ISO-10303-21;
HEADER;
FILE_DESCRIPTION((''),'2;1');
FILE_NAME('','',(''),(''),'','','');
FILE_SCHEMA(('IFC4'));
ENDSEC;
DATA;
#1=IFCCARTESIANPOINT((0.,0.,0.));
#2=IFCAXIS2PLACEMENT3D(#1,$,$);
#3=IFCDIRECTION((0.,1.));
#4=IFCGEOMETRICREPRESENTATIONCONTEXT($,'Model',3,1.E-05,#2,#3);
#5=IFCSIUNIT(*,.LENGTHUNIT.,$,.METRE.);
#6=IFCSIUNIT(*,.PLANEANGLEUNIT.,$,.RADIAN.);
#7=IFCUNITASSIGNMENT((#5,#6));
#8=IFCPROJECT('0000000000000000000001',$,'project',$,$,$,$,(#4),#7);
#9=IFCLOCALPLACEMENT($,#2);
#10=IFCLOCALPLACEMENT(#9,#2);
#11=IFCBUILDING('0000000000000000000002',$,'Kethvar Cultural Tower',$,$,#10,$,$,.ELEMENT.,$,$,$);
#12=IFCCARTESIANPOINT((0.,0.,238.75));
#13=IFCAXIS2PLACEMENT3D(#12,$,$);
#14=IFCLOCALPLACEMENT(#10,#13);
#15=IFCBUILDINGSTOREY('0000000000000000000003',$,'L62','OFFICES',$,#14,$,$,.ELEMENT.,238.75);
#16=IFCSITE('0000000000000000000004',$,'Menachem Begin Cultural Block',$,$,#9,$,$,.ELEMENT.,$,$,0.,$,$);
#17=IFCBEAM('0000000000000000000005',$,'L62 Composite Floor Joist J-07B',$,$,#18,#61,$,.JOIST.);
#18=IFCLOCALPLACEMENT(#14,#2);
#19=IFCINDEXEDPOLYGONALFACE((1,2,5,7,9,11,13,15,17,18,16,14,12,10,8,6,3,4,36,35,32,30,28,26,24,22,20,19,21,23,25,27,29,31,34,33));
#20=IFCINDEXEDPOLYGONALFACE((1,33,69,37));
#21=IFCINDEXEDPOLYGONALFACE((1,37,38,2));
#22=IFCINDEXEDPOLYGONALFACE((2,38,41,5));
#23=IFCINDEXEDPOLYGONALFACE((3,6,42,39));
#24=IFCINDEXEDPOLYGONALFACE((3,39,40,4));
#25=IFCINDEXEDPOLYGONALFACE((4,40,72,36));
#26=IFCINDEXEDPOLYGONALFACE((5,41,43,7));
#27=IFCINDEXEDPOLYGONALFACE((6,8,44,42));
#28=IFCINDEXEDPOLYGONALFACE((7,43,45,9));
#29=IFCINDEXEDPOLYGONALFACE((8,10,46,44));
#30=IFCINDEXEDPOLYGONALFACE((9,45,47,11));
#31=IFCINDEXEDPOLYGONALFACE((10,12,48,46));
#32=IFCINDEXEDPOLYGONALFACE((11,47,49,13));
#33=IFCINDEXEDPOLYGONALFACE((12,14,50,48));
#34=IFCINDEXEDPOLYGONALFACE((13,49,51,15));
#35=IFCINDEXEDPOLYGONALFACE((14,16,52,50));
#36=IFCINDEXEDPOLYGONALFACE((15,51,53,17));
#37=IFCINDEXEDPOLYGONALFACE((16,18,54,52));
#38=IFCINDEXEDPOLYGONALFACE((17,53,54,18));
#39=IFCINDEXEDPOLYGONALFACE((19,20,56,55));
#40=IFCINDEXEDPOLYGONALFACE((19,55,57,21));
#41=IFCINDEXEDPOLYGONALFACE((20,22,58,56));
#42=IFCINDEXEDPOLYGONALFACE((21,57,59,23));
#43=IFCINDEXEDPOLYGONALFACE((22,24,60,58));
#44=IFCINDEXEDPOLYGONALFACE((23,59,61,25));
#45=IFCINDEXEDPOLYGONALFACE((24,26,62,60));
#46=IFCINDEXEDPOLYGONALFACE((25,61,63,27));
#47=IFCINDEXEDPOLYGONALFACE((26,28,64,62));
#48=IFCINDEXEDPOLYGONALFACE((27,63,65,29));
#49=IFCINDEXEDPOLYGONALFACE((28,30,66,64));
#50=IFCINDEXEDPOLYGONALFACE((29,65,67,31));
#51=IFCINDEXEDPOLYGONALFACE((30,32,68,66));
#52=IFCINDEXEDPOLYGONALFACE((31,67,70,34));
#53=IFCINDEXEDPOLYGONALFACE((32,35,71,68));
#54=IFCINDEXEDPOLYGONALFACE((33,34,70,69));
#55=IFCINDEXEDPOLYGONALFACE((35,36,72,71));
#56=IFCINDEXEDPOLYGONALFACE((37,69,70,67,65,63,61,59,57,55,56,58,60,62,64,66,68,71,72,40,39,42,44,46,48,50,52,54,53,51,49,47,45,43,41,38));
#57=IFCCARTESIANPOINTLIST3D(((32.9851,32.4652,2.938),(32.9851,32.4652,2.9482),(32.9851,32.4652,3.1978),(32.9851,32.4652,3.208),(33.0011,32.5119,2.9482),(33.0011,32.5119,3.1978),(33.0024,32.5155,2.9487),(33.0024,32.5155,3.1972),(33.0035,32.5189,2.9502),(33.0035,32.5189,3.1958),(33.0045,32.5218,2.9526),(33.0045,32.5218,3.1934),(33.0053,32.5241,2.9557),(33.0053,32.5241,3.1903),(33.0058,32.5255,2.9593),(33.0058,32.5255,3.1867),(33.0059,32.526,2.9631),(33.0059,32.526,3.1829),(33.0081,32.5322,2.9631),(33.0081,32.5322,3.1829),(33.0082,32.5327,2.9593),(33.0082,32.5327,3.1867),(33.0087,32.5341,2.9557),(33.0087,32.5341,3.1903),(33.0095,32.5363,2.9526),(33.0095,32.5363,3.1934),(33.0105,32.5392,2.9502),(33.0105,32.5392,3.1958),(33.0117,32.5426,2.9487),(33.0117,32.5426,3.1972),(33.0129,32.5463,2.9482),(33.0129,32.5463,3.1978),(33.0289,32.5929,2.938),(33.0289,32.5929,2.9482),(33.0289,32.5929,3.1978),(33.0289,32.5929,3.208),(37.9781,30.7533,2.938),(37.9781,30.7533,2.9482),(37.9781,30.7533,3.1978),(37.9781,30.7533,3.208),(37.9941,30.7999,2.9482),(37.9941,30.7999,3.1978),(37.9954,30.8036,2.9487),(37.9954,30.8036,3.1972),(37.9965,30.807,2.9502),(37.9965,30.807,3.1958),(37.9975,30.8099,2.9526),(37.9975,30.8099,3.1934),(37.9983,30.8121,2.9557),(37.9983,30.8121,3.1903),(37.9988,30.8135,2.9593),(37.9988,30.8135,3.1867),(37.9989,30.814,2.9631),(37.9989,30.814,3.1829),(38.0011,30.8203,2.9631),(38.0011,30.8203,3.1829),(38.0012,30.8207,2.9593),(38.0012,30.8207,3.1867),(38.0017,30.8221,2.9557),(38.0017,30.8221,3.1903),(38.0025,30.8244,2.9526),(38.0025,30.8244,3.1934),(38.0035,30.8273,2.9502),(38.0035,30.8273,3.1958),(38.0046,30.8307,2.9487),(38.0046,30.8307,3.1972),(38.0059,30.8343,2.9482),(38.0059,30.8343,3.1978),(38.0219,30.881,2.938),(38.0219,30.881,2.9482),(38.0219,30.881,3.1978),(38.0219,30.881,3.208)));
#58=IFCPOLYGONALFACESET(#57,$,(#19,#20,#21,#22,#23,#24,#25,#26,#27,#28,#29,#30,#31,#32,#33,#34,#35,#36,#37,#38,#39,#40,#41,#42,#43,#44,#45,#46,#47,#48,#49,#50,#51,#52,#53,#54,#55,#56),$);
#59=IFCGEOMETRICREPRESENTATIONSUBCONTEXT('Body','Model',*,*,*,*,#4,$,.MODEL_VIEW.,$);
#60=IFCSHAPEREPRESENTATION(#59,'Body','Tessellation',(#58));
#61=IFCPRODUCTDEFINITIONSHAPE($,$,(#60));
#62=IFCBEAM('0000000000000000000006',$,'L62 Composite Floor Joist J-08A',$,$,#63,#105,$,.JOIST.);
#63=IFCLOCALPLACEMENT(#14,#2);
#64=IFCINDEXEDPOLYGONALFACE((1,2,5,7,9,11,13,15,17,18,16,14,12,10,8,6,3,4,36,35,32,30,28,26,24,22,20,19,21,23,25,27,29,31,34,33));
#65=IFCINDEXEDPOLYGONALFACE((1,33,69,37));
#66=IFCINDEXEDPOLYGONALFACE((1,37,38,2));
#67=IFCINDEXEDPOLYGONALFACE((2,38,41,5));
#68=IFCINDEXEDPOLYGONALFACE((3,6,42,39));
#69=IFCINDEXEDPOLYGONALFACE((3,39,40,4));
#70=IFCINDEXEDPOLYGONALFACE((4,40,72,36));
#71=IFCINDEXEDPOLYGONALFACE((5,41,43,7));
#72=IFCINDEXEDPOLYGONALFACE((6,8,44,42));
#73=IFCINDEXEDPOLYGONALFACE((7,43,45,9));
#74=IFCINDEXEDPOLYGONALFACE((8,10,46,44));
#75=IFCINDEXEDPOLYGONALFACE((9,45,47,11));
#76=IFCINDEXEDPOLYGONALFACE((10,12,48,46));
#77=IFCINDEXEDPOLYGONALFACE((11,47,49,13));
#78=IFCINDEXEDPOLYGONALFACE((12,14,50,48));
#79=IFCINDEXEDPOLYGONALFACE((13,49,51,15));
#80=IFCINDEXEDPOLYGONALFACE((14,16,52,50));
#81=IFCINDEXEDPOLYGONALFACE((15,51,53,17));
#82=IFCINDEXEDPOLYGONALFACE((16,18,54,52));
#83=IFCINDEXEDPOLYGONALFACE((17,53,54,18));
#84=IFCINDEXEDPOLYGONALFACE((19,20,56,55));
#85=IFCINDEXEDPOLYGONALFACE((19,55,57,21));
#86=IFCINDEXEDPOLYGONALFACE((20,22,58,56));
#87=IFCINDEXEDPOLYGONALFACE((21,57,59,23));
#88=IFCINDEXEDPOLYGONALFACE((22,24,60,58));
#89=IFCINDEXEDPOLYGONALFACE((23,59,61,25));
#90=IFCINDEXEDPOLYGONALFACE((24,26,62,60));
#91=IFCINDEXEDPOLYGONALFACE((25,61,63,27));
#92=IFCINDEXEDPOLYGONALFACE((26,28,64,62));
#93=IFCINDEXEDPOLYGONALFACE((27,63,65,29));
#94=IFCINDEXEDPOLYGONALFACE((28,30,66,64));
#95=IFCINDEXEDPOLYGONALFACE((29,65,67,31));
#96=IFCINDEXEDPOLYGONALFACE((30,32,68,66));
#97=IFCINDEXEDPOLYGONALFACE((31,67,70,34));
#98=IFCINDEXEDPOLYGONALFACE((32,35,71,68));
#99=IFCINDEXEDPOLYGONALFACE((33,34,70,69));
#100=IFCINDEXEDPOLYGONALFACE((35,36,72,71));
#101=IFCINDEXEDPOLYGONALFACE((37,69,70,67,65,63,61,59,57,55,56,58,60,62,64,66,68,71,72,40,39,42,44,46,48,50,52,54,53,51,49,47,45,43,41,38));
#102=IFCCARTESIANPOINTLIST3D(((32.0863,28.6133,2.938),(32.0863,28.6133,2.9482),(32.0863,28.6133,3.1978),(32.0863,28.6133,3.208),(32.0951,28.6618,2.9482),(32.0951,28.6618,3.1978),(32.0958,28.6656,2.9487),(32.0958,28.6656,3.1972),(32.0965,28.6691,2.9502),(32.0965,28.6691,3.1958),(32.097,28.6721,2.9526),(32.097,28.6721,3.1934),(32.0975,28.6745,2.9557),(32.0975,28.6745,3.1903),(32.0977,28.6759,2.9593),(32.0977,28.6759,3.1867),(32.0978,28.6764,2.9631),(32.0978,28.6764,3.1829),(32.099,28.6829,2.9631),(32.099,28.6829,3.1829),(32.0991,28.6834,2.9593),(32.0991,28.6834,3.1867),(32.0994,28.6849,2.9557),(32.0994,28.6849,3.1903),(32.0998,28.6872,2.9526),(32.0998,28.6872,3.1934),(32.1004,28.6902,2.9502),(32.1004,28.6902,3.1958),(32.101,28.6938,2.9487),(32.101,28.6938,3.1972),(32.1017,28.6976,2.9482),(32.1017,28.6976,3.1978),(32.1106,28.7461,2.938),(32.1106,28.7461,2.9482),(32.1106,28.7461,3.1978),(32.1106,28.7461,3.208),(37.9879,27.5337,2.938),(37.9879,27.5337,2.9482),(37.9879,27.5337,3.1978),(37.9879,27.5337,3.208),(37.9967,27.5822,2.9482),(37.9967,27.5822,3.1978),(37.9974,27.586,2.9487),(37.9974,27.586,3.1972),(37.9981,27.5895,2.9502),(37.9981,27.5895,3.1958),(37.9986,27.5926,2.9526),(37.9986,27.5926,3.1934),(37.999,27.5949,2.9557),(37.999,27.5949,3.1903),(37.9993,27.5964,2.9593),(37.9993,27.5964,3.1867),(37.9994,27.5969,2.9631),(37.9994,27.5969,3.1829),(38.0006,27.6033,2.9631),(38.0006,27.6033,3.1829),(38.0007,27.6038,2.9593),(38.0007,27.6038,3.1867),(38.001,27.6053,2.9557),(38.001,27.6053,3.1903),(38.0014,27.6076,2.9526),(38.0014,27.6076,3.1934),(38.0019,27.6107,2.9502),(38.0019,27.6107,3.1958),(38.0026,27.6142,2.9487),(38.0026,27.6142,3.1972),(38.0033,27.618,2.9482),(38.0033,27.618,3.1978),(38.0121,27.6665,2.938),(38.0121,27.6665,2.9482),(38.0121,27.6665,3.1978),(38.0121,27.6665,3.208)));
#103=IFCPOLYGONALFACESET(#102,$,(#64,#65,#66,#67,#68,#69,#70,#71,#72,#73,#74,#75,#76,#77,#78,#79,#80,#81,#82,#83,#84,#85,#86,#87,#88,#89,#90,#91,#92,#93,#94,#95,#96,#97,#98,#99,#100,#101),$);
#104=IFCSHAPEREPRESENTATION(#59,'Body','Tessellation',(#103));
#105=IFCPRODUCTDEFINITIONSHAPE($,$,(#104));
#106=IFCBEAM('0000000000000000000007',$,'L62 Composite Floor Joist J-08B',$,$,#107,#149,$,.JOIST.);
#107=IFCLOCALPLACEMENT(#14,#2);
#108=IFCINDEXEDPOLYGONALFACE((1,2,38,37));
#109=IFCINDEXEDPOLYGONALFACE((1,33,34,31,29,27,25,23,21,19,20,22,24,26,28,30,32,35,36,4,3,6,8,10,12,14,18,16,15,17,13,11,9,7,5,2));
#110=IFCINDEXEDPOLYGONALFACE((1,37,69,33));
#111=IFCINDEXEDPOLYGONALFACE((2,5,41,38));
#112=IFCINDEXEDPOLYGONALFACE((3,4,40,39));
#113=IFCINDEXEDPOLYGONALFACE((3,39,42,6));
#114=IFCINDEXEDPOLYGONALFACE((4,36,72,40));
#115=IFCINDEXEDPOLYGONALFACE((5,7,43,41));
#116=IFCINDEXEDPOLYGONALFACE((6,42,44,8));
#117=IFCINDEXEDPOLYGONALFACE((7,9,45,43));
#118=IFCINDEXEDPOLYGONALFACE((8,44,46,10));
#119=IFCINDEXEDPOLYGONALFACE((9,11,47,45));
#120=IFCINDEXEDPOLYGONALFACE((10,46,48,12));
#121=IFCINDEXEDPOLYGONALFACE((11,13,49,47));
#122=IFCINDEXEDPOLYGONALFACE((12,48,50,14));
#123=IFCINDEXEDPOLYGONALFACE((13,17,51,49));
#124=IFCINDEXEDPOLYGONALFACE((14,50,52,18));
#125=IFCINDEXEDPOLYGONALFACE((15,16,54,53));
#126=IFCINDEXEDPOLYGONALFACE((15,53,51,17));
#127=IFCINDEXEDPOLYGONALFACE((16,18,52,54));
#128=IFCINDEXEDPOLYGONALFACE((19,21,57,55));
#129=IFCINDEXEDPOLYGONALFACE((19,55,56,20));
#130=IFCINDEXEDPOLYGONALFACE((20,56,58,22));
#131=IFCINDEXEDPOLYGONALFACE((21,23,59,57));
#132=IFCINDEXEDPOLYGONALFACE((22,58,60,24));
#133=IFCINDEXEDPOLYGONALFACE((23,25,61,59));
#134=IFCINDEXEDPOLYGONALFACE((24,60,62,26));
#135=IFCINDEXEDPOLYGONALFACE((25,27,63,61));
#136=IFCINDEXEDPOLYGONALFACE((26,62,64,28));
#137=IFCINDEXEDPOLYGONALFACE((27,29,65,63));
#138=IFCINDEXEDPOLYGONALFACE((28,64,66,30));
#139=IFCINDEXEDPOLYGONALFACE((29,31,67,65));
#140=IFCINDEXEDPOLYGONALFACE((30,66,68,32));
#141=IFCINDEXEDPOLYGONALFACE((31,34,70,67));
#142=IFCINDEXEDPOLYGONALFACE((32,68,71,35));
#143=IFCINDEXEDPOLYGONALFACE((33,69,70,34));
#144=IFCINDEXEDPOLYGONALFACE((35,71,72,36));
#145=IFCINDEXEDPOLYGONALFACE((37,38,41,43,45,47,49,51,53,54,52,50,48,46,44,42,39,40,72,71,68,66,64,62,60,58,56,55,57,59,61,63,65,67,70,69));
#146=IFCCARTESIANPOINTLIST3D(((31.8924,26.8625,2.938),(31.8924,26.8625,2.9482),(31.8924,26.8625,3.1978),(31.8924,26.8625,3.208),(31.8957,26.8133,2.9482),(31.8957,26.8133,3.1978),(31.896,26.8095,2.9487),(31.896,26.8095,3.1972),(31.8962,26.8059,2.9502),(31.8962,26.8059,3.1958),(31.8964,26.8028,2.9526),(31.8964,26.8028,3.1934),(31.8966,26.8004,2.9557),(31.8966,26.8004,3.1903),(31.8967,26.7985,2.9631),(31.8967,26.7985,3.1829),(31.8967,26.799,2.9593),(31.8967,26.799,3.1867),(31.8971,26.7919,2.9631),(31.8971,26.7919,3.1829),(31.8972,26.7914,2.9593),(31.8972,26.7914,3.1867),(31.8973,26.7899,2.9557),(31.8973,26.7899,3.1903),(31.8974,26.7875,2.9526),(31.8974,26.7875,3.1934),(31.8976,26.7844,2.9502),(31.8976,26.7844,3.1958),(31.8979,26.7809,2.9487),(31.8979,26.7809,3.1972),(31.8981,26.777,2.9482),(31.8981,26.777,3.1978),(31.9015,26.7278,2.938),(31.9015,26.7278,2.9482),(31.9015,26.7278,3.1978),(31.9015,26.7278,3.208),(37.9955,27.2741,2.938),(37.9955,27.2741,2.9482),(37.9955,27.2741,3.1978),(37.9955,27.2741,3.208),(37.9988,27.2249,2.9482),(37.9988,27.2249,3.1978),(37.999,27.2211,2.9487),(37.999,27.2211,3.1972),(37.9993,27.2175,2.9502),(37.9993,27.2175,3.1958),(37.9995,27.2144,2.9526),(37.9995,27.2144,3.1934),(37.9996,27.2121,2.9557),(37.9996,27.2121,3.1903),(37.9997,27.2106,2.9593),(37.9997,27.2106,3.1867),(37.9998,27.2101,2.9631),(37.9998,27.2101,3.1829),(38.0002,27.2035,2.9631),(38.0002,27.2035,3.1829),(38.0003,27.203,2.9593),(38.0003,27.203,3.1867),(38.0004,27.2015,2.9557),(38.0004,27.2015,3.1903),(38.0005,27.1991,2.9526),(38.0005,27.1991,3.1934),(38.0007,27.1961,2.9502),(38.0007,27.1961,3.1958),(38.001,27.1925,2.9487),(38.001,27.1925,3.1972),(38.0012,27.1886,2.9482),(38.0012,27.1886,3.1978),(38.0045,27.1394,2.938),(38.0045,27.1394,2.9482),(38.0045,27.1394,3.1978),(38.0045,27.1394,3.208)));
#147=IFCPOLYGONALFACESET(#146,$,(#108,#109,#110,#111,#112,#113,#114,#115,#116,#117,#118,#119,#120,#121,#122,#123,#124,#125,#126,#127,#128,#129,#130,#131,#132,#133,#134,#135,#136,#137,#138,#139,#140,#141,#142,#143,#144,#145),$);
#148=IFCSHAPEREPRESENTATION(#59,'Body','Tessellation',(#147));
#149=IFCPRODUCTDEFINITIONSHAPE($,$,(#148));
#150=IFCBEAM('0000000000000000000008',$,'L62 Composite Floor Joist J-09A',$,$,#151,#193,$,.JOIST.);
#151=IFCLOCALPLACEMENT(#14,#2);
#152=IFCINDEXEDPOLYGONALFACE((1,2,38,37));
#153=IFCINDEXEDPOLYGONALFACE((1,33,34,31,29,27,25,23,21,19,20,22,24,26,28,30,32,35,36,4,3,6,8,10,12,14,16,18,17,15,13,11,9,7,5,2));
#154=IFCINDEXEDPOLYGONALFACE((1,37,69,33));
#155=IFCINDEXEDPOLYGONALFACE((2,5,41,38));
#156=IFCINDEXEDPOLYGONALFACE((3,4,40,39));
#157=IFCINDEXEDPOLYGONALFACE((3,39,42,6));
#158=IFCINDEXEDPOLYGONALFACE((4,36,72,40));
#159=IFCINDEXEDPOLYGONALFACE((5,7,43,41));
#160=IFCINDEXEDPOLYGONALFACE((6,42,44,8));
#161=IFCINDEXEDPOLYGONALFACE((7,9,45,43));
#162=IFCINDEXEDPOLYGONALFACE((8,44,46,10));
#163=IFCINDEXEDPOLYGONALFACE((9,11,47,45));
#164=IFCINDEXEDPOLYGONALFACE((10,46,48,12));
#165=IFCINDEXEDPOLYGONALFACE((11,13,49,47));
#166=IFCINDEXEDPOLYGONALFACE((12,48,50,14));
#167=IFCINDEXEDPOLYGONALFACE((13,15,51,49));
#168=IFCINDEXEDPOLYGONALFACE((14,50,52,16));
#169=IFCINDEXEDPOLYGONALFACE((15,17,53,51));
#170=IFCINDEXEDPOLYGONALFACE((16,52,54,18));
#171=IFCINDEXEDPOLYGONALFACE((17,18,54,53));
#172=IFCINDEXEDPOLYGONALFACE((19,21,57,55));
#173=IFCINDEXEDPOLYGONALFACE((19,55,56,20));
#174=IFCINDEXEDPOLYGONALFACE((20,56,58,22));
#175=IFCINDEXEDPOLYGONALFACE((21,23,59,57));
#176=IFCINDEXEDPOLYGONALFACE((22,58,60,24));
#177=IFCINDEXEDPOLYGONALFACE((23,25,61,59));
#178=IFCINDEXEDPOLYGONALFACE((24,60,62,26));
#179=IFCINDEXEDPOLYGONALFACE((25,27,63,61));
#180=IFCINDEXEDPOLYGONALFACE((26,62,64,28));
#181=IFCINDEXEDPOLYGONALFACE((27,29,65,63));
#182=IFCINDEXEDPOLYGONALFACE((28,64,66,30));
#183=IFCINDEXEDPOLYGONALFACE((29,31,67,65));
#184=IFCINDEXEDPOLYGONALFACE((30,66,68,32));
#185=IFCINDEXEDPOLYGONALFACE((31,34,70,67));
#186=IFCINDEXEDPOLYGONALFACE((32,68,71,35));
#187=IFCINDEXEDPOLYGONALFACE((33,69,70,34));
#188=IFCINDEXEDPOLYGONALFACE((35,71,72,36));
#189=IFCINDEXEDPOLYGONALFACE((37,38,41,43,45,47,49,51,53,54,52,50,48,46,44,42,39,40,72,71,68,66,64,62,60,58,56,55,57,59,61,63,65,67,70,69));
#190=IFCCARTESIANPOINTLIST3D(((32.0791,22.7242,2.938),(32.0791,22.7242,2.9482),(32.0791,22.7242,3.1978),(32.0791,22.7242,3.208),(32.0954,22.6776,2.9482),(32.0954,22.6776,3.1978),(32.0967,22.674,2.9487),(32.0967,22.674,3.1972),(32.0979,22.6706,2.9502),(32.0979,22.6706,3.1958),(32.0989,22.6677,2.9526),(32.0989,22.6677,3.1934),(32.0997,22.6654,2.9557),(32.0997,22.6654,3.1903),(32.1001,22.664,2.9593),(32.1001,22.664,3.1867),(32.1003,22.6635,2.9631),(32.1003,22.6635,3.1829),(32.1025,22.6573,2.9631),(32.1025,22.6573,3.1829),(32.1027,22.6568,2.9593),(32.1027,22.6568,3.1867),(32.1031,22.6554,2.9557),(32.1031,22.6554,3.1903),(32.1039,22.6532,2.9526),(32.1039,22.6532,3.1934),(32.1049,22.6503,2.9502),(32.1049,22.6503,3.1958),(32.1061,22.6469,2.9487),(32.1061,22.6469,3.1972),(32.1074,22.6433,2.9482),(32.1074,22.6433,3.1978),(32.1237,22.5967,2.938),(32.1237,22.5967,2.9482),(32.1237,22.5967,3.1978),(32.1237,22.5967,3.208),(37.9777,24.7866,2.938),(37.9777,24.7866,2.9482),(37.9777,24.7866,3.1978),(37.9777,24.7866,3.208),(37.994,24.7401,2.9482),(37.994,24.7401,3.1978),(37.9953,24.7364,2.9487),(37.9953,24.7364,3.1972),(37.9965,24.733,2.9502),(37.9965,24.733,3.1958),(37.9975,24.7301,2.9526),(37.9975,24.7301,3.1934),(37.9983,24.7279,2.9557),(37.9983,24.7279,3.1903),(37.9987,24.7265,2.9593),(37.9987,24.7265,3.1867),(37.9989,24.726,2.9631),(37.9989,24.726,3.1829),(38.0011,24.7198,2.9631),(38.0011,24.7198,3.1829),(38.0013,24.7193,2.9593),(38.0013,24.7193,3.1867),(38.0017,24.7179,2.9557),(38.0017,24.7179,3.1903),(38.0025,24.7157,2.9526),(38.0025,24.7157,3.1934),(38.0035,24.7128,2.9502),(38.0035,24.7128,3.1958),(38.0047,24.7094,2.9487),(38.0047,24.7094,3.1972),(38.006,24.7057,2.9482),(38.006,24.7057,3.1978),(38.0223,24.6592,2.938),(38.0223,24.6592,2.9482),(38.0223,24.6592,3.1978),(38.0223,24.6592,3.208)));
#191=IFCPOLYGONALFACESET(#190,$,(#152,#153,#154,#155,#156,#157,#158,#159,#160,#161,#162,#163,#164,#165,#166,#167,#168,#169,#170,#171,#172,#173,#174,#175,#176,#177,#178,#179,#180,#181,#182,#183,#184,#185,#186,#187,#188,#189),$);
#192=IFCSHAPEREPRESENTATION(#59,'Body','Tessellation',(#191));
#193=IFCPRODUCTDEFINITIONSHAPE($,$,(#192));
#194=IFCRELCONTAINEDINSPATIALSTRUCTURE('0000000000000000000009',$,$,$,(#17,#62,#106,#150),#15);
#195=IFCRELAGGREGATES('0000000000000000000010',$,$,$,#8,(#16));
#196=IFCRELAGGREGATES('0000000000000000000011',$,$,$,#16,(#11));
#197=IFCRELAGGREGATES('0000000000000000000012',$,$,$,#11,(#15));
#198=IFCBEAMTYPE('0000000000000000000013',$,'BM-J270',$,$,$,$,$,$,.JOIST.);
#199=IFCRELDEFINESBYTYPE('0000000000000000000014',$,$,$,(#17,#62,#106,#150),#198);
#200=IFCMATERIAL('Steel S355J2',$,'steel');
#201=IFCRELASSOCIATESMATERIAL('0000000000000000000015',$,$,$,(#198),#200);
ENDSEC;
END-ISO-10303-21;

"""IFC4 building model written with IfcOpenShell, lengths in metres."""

from ifc_helpers import new_model, si_unit, direction, frame, origin, origin_2d, place, context, subcontext, project, spatial, i_section, extrude, source, transform, mapped, material, material_profile, profile_set, type_object, element, save


model = new_model("IFC4")

# Units and contexts
model_context = context("Model", 3, precision=1e-05, world=origin(), true_north=direction((0.0, 1.0)))
body_context = subcontext(model_context, "Body", "Model", "MODEL_VIEW")
ifc_project = project(units=[si_unit("LENGTHUNIT", "METRE"), si_unit("PLANEANGLEUNIT", "RADIAN")], contexts=[model_context])

# Site, building, storey
site_placement = place(None, origin())
site = spatial("IfcSite", under=ifc_project, at=site_placement, Name="Menachem Begin Cultural Block", CompositionType="ELEMENT", RefElevation=0.0)
building_placement = place(site_placement, origin())
building = spatial("IfcBuilding", under=site, at=building_placement, Name="Kethvar Cultural Tower", CompositionType="ELEMENT")
storey_placement = place(building_placement, frame((0.0, 0.0, 238.75)))
storey = spatial("IfcBuildingStorey", under=building, at=storey_placement, Name="L62", Description="OFFICES", CompositionType="ELEMENT", Elevation=238.75)

# Beams
ifc_material_1 = material(Name="Steel S355J2", Category="steel")
ifc_material_profile_1 = material_profile(ifc_material_1, i_section(OverallWidth=0.135, OverallDepth=0.27, WebThickness=0.0066, FlangeThickness=0.0103, FilletRadius=0.0149, at=origin_2d()), Name="Steel S355J2 — IPE270")
ifc_profile_set_1 = profile_set([ifc_material_profile_1], Name="Steel S355J2 — IPE270")
beam_type_1 = type_object("IfcBeamType", Name="BM-J270", PredefinedType="JOIST", material=ifc_profile_set_1)
shared_shape_1 = source(origin(), body_context, "Body", "SweptSolid", [
    extrude(i_section(OverallWidth=0.135, OverallDepth=0.27, WebThickness=0.0066, FlangeThickness=0.0103, FilletRadius=0.0149, at=origin_2d()), origin(), (0.0, 0.0, 1.0), 5.2783),
])
beam_1_placement = place(storey_placement, frame((38.0, 30.8171, 3.073), z_axis=(-0.945943, 0.324334, 0.0), x_axis=(-0.324334, -0.945943, 0.0)))
element("IfcBeam", 1, at=beam_1_placement, inside=storey, type_object=beam_type_1, Name="L62 Composite Floor Joist J-07B", PredefinedType="JOIST", context=body_context, shape_type="MappedRepresentation", body=[
    mapped(shared_shape_1, transform((0.0, 0.0, 0.0), scale=1.0)),
])
shared_shape_2 = source(origin(), body_context, "Body", "SweptSolid", [
    extrude(i_section(OverallWidth=0.135, OverallDepth=0.27, WebThickness=0.0066, FlangeThickness=0.0103, FilletRadius=0.0149, at=origin_2d()), origin(), (0.0, 0.0, 1.0), 5.9995),
])
beam_2_placement = place(storey_placement, frame((38.0, 27.6001, 3.073), z_axis=(-0.983677, 0.179945, 0.0), x_axis=(-0.179945, -0.983677, 0.0)))
element("IfcBeam", 2, at=beam_2_placement, inside=storey, type_object=beam_type_1, Name="L62 Composite Floor Joist J-08A", PredefinedType="JOIST", context=body_context, shape_type="MappedRepresentation", body=[
    mapped(shared_shape_2, transform((0.0, 0.0, 0.0), scale=1.0)),
])
shared_shape_3 = source(origin(), body_context, "Body", "SweptSolid", [
    extrude(i_section(OverallWidth=0.135, OverallDepth=0.27, WebThickness=0.0066, FlangeThickness=0.0103, FilletRadius=0.0149, at=origin_2d()), origin(), (0.0, 0.0, 1.0), 6.1169),
])
beam_3_placement = place(storey_placement, frame((38.0, 27.2068, 3.073), z_axis=(-0.997733, -0.067293, 0.0), x_axis=(0.067293, -0.997733, 0.0)))
element("IfcBeam", 3, at=beam_3_placement, inside=storey, type_object=beam_type_1, Name="L62 Composite Floor Joist J-08B", PredefinedType="JOIST", context=body_context, shape_type="MappedRepresentation", body=[
    mapped(shared_shape_3, transform((0.0, 0.0, 0.0), scale=1.0)),
])
shared_shape_4 = source(origin(), body_context, "Body", "SweptSolid", [
    extrude(i_section(OverallWidth=0.135, OverallDepth=0.27, WebThickness=0.0066, FlangeThickness=0.0103, FilletRadius=0.0149, at=origin_2d()), origin(), (0.0, 0.0, 1.0), 6.2488),
])
beam_4_placement = place(storey_placement, frame((38.0, 24.7229, 3.073), z_axis=(-0.94396, -0.33006, 0.0), x_axis=(0.33006, -0.94396, 0.0)))
element("IfcBeam", 4, at=beam_4_placement, inside=storey, type_object=beam_type_1, Name="L62 Composite Floor Joist J-09A", PredefinedType="JOIST", context=body_context, shape_type="MappedRepresentation", body=[
    mapped(shared_shape_4, transform((0.0, 0.0, 0.0), scale=1.0)),
])

save(model, "model.ifc")
